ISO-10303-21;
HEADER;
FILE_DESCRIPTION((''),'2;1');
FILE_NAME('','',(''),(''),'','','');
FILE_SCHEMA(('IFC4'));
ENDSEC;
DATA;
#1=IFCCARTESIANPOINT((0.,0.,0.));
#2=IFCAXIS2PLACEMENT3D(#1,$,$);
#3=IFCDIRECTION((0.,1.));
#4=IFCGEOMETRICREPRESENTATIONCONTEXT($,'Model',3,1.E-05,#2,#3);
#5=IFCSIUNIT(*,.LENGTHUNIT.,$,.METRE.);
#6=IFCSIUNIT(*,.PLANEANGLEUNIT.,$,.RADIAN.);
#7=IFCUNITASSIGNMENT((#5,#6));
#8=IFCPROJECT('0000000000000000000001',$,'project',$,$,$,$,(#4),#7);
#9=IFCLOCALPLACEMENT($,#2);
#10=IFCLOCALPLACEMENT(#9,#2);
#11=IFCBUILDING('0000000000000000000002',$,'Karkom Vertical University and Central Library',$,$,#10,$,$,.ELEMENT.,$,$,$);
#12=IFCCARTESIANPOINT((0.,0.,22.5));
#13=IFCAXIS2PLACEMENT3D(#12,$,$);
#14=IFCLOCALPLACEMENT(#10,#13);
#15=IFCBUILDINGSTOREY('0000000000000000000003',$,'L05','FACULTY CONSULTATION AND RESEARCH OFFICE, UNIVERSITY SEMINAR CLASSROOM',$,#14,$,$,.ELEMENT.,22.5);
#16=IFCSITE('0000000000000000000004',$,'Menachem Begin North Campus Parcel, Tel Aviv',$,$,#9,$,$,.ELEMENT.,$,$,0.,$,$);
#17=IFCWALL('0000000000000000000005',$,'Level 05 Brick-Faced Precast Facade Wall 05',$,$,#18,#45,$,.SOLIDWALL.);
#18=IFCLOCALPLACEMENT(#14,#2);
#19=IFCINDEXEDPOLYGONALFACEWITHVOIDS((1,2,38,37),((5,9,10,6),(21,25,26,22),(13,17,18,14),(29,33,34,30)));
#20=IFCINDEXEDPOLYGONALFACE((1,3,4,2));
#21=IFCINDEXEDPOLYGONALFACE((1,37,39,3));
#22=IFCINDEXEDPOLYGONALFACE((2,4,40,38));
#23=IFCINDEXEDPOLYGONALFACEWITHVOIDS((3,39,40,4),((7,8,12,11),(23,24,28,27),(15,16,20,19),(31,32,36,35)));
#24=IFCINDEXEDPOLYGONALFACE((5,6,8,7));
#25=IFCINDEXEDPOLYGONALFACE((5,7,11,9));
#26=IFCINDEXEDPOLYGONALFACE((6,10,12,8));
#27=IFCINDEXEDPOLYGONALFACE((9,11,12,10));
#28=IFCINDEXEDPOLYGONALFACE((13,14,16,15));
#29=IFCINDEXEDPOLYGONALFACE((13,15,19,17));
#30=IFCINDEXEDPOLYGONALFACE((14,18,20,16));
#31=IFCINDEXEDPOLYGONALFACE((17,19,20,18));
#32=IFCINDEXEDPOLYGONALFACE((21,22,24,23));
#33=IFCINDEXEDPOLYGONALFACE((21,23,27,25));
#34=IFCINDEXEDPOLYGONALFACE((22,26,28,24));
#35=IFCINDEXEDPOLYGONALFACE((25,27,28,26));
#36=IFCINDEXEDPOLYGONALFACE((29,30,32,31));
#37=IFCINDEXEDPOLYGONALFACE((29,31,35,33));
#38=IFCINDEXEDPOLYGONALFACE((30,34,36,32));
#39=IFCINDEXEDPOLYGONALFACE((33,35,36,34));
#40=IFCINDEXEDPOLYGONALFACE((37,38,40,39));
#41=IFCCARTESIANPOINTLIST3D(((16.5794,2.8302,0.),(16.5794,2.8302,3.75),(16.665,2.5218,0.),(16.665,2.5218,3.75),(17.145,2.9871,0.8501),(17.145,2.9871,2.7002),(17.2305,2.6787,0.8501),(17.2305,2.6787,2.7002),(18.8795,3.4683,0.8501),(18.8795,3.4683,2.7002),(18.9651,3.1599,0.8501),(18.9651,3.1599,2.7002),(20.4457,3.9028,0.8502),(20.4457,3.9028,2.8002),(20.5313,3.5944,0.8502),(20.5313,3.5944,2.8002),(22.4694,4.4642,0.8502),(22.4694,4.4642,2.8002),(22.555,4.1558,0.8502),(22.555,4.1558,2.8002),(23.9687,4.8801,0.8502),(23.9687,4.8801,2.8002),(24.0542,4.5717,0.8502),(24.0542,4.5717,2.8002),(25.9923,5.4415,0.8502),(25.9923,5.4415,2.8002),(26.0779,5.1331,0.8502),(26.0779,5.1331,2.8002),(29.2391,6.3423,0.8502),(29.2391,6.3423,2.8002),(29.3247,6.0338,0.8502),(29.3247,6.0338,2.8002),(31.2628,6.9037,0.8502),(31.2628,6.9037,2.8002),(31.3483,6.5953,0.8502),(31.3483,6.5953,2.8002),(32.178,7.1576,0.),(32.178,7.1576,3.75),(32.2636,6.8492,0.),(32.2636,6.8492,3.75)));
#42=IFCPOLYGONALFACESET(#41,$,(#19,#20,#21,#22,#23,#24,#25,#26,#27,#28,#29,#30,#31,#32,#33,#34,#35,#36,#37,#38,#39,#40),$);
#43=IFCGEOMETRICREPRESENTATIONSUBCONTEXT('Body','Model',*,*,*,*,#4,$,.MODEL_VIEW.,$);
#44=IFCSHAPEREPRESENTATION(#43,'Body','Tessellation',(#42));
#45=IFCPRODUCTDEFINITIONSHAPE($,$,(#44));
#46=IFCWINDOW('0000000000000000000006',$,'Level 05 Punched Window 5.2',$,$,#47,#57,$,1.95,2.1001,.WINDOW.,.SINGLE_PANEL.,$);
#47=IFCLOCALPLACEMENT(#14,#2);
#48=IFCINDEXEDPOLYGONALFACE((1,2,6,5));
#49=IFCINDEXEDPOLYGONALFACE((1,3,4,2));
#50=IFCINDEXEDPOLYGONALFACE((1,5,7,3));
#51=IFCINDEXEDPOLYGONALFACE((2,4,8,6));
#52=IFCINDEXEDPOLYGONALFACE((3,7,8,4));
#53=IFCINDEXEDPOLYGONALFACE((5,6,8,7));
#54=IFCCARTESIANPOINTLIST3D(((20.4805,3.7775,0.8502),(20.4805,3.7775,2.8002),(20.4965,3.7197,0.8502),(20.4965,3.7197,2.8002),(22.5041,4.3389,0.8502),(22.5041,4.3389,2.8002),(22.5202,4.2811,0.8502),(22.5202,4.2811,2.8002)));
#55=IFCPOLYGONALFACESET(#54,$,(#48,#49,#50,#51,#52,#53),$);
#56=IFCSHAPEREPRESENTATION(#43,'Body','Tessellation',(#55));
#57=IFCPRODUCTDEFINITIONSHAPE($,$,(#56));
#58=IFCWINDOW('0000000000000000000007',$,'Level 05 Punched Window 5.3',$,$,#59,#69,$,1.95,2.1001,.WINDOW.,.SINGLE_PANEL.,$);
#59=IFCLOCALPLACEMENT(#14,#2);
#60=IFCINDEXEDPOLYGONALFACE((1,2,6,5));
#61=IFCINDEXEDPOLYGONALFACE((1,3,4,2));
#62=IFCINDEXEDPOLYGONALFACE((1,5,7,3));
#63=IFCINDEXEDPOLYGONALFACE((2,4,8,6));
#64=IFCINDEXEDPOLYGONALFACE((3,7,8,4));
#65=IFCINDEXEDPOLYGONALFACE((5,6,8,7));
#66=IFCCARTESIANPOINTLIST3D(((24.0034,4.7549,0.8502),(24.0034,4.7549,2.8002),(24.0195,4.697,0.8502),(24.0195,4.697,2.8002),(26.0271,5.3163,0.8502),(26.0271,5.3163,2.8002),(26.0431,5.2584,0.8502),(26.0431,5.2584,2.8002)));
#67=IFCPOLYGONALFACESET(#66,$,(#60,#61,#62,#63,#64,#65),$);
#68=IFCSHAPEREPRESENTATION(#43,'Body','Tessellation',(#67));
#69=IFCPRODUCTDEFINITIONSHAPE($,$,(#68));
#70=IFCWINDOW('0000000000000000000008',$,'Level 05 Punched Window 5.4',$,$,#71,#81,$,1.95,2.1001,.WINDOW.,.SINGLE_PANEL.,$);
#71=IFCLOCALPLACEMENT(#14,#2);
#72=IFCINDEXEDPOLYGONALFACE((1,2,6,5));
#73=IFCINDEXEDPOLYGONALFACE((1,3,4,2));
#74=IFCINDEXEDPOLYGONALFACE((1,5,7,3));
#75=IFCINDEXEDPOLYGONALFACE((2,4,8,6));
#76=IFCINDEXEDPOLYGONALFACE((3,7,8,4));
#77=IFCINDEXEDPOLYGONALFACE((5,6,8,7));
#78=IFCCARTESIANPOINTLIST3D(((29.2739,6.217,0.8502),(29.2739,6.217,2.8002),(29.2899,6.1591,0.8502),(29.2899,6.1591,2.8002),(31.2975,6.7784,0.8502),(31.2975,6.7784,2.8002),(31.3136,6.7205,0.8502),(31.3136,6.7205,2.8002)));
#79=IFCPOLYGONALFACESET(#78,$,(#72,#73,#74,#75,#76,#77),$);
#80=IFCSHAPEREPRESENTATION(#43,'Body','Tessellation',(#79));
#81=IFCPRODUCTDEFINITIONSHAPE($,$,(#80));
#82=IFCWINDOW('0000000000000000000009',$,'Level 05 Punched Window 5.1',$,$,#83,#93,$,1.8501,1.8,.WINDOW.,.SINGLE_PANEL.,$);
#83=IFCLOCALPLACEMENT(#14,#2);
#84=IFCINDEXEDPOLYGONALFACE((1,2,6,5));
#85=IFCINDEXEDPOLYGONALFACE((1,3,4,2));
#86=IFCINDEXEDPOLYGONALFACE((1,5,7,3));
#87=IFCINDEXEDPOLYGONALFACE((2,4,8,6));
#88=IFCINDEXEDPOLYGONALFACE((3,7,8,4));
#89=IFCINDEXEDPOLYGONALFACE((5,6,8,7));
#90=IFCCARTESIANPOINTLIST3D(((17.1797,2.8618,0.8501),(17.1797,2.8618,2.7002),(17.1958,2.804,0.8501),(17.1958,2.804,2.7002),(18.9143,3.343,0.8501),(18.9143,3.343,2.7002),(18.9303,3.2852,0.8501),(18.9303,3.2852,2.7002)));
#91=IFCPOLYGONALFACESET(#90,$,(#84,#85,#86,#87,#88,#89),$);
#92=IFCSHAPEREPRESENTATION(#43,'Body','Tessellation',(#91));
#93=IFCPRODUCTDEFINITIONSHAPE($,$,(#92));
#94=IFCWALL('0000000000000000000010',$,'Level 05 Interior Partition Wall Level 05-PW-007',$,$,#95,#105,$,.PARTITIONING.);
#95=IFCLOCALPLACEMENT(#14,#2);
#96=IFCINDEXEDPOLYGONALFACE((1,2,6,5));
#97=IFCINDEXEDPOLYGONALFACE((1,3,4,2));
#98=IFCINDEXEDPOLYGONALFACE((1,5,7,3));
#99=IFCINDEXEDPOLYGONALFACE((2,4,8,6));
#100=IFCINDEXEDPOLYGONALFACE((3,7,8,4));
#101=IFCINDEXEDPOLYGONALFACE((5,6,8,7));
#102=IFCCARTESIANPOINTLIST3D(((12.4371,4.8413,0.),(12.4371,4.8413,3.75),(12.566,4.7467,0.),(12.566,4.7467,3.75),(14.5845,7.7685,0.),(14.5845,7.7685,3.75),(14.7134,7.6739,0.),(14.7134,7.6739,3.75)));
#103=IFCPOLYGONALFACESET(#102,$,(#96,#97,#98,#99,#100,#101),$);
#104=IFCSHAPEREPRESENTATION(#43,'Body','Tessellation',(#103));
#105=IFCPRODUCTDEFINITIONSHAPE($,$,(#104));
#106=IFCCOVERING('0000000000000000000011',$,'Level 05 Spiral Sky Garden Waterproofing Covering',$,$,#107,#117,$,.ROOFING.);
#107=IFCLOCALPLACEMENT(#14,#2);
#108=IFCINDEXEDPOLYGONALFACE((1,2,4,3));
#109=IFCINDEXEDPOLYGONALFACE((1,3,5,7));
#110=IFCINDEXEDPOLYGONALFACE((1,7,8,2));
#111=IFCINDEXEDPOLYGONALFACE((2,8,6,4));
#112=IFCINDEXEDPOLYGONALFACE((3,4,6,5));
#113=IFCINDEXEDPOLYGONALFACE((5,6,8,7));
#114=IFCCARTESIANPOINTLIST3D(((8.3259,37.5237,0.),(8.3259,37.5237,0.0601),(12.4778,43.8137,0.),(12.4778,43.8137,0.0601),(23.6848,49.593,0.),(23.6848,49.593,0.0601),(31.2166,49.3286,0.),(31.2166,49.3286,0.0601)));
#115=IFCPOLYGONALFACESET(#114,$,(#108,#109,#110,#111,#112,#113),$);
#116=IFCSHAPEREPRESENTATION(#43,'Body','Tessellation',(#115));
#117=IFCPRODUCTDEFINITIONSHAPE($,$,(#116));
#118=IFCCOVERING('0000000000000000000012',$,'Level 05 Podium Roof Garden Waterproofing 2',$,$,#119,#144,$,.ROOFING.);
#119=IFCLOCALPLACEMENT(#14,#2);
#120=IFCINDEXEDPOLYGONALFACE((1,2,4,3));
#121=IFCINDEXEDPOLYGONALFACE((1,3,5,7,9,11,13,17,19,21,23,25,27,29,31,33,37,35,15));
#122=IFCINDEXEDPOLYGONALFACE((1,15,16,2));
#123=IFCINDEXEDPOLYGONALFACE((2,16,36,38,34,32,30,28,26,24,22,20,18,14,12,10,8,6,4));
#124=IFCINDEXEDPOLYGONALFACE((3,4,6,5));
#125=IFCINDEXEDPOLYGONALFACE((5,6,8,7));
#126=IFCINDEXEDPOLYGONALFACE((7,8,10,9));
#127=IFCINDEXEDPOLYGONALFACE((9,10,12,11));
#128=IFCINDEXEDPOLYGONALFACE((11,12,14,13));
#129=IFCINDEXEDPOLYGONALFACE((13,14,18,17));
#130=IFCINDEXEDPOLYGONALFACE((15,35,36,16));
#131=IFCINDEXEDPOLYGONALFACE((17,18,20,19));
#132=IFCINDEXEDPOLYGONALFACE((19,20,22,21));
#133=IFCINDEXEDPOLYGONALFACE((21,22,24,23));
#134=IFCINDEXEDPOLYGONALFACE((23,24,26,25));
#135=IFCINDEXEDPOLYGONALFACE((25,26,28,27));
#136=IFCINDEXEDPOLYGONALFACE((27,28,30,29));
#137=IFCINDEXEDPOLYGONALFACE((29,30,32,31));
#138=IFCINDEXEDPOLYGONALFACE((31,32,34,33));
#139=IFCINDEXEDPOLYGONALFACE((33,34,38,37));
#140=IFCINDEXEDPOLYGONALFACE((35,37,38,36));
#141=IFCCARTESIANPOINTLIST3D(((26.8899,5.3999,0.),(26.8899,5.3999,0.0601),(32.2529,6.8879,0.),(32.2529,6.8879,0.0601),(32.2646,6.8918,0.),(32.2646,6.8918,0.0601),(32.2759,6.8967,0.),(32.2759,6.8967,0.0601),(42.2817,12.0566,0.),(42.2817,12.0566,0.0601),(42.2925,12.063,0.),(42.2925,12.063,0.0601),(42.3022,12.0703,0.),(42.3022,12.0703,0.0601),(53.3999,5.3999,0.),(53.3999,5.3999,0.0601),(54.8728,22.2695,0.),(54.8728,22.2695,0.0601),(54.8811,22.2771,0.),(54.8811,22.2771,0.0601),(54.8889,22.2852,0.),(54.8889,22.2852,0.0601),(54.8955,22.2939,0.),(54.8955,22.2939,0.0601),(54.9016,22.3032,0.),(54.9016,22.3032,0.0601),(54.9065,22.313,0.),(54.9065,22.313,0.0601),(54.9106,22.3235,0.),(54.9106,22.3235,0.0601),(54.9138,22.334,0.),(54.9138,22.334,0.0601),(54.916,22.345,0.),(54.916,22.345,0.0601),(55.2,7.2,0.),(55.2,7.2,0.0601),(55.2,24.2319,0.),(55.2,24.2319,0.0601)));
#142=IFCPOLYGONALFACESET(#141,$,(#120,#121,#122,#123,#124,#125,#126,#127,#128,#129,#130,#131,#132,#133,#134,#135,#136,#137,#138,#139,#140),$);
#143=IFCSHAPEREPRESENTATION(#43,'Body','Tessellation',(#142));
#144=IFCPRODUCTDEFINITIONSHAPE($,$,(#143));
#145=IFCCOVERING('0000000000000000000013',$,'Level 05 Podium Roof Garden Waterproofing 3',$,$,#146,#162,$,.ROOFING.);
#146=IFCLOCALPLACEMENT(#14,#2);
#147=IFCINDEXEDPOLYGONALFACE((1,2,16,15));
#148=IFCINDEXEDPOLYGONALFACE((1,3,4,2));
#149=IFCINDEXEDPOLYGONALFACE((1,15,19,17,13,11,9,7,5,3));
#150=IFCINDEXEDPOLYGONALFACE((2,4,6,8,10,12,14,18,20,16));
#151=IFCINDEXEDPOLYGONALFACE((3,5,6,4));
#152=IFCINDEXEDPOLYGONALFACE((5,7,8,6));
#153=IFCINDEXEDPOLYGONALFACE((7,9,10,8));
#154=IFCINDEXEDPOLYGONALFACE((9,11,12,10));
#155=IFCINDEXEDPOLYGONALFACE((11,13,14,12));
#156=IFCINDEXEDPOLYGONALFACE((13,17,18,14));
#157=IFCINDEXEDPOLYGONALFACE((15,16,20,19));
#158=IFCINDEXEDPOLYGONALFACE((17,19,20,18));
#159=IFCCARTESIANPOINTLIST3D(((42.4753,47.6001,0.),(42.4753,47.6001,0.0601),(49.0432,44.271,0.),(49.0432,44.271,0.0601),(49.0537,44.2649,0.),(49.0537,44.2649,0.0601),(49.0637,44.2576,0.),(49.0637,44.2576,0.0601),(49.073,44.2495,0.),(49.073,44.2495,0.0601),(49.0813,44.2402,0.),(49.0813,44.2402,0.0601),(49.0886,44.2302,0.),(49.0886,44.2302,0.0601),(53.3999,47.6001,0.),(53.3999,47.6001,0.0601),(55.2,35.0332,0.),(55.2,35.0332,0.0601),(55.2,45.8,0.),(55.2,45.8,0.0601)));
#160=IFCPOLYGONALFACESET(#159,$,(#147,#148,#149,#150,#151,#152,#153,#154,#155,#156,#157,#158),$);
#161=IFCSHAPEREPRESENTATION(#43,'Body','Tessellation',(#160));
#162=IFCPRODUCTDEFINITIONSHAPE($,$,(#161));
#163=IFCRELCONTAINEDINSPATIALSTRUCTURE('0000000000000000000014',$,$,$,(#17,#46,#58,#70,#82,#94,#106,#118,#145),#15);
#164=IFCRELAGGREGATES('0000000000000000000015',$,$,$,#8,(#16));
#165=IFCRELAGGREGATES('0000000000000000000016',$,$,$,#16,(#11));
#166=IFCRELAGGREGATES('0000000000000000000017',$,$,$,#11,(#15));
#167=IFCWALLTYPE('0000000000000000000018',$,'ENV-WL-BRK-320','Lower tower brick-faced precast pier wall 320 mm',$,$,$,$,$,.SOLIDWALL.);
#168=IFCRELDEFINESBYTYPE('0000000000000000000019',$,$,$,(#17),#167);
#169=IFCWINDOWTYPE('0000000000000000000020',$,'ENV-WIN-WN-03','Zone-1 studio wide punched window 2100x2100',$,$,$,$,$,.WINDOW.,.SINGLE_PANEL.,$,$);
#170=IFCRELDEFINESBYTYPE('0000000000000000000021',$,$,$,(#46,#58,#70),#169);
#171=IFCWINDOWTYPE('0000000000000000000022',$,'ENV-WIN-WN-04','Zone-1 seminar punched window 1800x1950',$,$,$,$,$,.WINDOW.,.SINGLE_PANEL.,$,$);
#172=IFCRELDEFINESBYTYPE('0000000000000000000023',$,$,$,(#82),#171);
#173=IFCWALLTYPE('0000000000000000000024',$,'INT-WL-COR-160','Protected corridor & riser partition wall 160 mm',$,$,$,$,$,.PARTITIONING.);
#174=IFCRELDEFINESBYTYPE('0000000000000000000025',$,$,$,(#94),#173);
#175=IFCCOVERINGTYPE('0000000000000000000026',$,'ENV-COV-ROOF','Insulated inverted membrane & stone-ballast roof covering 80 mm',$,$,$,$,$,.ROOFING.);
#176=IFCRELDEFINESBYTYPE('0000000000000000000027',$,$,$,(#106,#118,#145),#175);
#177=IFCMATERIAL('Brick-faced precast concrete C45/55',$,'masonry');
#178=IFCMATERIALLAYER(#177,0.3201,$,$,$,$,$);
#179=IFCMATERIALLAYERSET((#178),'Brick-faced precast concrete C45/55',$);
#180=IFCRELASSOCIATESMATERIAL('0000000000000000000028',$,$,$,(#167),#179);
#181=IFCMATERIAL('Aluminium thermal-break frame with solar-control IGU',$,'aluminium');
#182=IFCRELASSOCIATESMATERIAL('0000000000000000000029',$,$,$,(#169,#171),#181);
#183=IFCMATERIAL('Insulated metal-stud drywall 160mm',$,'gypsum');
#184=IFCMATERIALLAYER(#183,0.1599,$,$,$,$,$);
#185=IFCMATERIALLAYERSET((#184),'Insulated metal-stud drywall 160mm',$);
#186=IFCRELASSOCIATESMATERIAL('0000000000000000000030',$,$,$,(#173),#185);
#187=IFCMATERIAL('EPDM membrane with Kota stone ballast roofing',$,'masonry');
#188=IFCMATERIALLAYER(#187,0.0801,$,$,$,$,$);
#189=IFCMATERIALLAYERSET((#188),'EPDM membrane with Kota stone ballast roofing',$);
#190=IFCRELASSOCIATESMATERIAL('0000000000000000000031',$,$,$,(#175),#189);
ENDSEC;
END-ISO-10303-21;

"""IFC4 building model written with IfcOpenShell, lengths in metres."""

from ifc_helpers import new_model, si_unit, direction, frame, frame_2d, origin, origin_with_axes, place, context, subcontext, project, spatial, polyline, rectangle, outline, extrude, source, transform, mapped, material, layer, layer_set, type_object, element, fill, save


model = new_model("IFC4")

# Units and contexts
model_context = context("Model", 3, precision=1e-05, world=origin(), true_north=direction((0.0, 1.0)))
body_context = subcontext(model_context, "Body", "Model", "MODEL_VIEW")
ifc_project = project(units=[si_unit("LENGTHUNIT", "METRE"), si_unit("PLANEANGLEUNIT", "RADIAN")], contexts=[model_context])

# Site, building, storey
site_placement = place(None, origin())
site = spatial("IfcSite", under=ifc_project, at=site_placement, Name="Menachem Begin North Campus Parcel, Tel Aviv", CompositionType="ELEMENT", RefElevation=0.0)
building_placement = place(site_placement, origin())
building = spatial("IfcBuilding", under=site, at=building_placement, Name="Karkom Vertical University and Central Library", CompositionType="ELEMENT")
storey_placement = place(building_placement, frame((0.0, 0.0, 22.5)))
storey = spatial("IfcBuildingStorey", under=building, at=storey_placement, Name="L05", Description="FACULTY CONSULTATION AND RESEARCH OFFICE, UNIVERSITY SEMINAR CLASSROOM", CompositionType="ELEMENT", Elevation=22.5)

# Wall, openings, windows
ifc_material_1 = material(Name="Brick-faced precast concrete C45/55", Category="masonry")
ifc_layer_1 = layer(ifc_material_1, 0.3201)
ifc_layer_set_1 = layer_set([ifc_layer_1], Name="Brick-faced precast concrete C45/55")
wall_type_1 = type_object("IfcWallType", Name="ENV-WL-BRK-320", Description="Lower tower brick-faced precast pier wall 320 mm", PredefinedType="SOLIDWALL", material=ifc_layer_set_1)
ifc_material_2 = material(Name="Aluminium thermal-break frame with solar-control IGU", Category="aluminium")
window_type_1 = type_object("IfcWindowType", Name="ENV-WIN-WN-03", Description="Zone-1 studio wide punched window 2100x2100", PartitioningType="SINGLE_PANEL", PredefinedType="WINDOW", material=ifc_material_2)
shared_shape_1 = source(origin_with_axes(), body_context, "Body", "SweptSolid", [
    extrude(rectangle(XDim=2.1001, YDim=1.95, at=frame_2d((1.05, 0.9751))), frame((0.0, 0.03, 0.0), z_axis=(0.0, -1.0, 0.0), x_axis=(1.0, 0.0, 0.0)), (0.0, 0.0, 1.0), 0.0601),
])
wall_1_placement = place(storey_placement, frame((16.6223, 2.676, 0.0), z_axis=(0.0, 0.0, 1.0), x_axis=(0.963606, 0.267325, 0.0)))
wall_1 = element("IfcWall", 1, at=wall_1_placement, inside=storey, type_object=wall_type_1, Name="Level 05 Brick-Faced Precast Facade Wall 05", PredefinedType="SOLIDWALL", context=body_context, shape_type="SweptSolid", body=[
    extrude(rectangle(XDim=16.1877, YDim=0.3201, at=frame_2d((8.0938, 0.0))), origin(), (0.0, 0.0, 1.0), 3.75),
])
opening_1_placement = place(wall_1_placement, frame((0.5869, 0.0, 0.8501)))
opening_1 = element("IfcOpeningElement", 2, at=opening_1_placement, cuts=wall_1, PredefinedType="OPENING", context=body_context, shape_type="SweptSolid", body=[
    extrude(rectangle(XDim=1.8, YDim=1.8501, at=frame_2d((0.8999, 0.925))), frame((0.0, 0.1699, 0.0), z_axis=(0.0, -1.0, 0.0), x_axis=(1.0, 0.0, 0.0)), (0.0, 0.0, 1.0), 0.3401),
])
opening_2_placement = place(wall_1_placement, frame((4.0122, 0.0, 0.8501)))
opening_2 = element("IfcOpeningElement", 3, at=opening_2_placement, cuts=wall_1, PredefinedType="OPENING", context=body_context, shape_type="SweptSolid", body=[
    extrude(rectangle(XDim=2.1001, YDim=1.95, at=frame_2d((1.05, 0.9751))), frame((0.0, 0.1699, 0.0), z_axis=(0.0, -1.0, 0.0), x_axis=(1.0, 0.0, 0.0)), (0.0, 0.0, 1.0), 0.3401),
])
opening_3_placement = place(wall_1_placement, frame((7.6682, 0.0, 0.8501)))
opening_3 = element("IfcOpeningElement", 4, at=opening_3_placement, cuts=wall_1, PredefinedType="OPENING", context=body_context, shape_type="SweptSolid", body=[
    extrude(rectangle(XDim=2.1001, YDim=1.95, at=frame_2d((1.05, 0.9751))), frame((0.0, 0.1699, 0.0), z_axis=(0.0, -1.0, 0.0), x_axis=(1.0, 0.0, 0.0)), (0.0, 0.0, 1.0), 0.3401),
])
opening_4_placement = place(wall_1_placement, frame((13.1377, 0.0, 0.8501)))
opening_4 = element("IfcOpeningElement", 5, at=opening_4_placement, cuts=wall_1, PredefinedType="OPENING", context=body_context, shape_type="SweptSolid", body=[
    extrude(rectangle(XDim=2.1001, YDim=1.95, at=frame_2d((1.05, 0.9751))), frame((0.0, 0.1699, 0.0), z_axis=(0.0, -1.0, 0.0), x_axis=(1.0, 0.0, 0.0)), (0.0, 0.0, 1.0), 0.3401),
])
window_1_placement = place(opening_2_placement, origin())
window_1 = element("IfcWindow", 6, at=window_1_placement, inside=storey, type_object=window_type_1, Name="Level 05 Punched Window 5.2", OverallHeight=1.95, OverallWidth=2.1001, PartitioningType="SINGLE_PANEL", PredefinedType="WINDOW", context=body_context, shape_type="MappedRepresentation", body=[
    mapped(shared_shape_1, transform((0.0, 0.0, 0.0), scale=1.0)),
])
fill(opening_2, window_1)
window_2_placement = place(opening_3_placement, origin())
window_2 = element("IfcWindow", 7, at=window_2_placement, inside=storey, type_object=window_type_1, Name="Level 05 Punched Window 5.3", OverallHeight=1.95, OverallWidth=2.1001, PartitioningType="SINGLE_PANEL", PredefinedType="WINDOW", context=body_context, shape_type="MappedRepresentation", body=[
    mapped(shared_shape_1, transform((0.0, 0.0, 0.0), scale=1.0)),
])
fill(opening_3, window_2)
window_3_placement = place(opening_4_placement, origin())
window_3 = element("IfcWindow", 8, at=window_3_placement, inside=storey, type_object=window_type_1, Name="Level 05 Punched Window 5.4", OverallHeight=1.95, OverallWidth=2.1001, PartitioningType="SINGLE_PANEL", PredefinedType="WINDOW", context=body_context, shape_type="MappedRepresentation", body=[
    mapped(shared_shape_1, transform((0.0, 0.0, 0.0), scale=1.0)),
])
fill(opening_4, window_3)
window_type_2 = type_object("IfcWindowType", Name="ENV-WIN-WN-04", Description="Zone-1 seminar punched window 1800x1950", PartitioningType="SINGLE_PANEL", PredefinedType="WINDOW", material=ifc_material_2)
shared_shape_2 = source(origin_with_axes(), body_context, "Body", "SweptSolid", [
    extrude(rectangle(XDim=1.8, YDim=1.8501, at=frame_2d((0.8999, 0.925))), frame((0.0, 0.03, 0.0), z_axis=(0.0, -1.0, 0.0), x_axis=(1.0, 0.0, 0.0)), (0.0, 0.0, 1.0), 0.0601),
])
window_4_placement = place(opening_1_placement, origin())
window_4 = element("IfcWindow", 9, at=window_4_placement, inside=storey, type_object=window_type_2, Name="Level 05 Punched Window 5.1", OverallHeight=1.8501, OverallWidth=1.8, PartitioningType="SINGLE_PANEL", PredefinedType="WINDOW", context=body_context, shape_type="MappedRepresentation", body=[
    mapped(shared_shape_2, transform((0.0, 0.0, 0.0), scale=1.0)),
])
fill(opening_1, window_4)

# Wall
ifc_material_3 = material(Name="Insulated metal-stud drywall 160mm", Category="gypsum")
ifc_layer_2 = layer(ifc_material_3, 0.1599)
ifc_layer_set_2 = layer_set([ifc_layer_2], Name="Insulated metal-stud drywall 160mm")
wall_type_2 = type_object("IfcWallType", Name="INT-WL-COR-160", Description="Protected corridor & riser partition wall 160 mm", PredefinedType="PARTITIONING", material=ifc_layer_set_2)
wall_2_placement = place(storey_placement, frame((14.6489, 7.7212, 0.0), z_axis=(0.0, 0.0, 1.0), x_axis=(-0.591509, -0.806298, 0.0)))
element("IfcWall", 10, at=wall_2_placement, inside=storey, type_object=wall_type_2, Name="Level 05 Interior Partition Wall Level 05-PW-007", PredefinedType="PARTITIONING", context=body_context, shape_type="SweptSolid", body=[
    extrude(rectangle(XDim=3.6304, YDim=0.1599, at=frame_2d((1.8152, 0.0))), origin(), (0.0, 0.0, 1.0), 3.75),
])

# Coverings
ifc_material_4 = material(Name="EPDM membrane with Kota stone ballast roofing", Category="masonry")
ifc_layer_3 = layer(ifc_material_4, 0.0801)
ifc_layer_set_3 = layer_set([ifc_layer_3], Name="EPDM membrane with Kota stone ballast roofing")
covering_type_1 = type_object("IfcCoveringType", Name="ENV-COV-ROOF", Description="Insulated inverted membrane & stone-ballast roof covering 80 mm", PredefinedType="ROOFING", material=ifc_layer_set_3)
covering_1_placement = place(storey_placement, origin())
element("IfcCovering", 11, at=covering_1_placement, inside=storey, type_object=covering_type_1, Name="Level 05 Spiral Sky Garden Waterproofing Covering", PredefinedType="ROOFING", context=body_context, shape_type="SweptSolid", body=[
    extrude(outline(polyline([(12.4778, 43.8137), (23.6848, 49.593), (31.2166, 49.3286), (8.3259, 37.5237), (12.4778, 43.8137)])), origin(), (0.0, 0.0, 1.0), 0.0601),
])
covering_2_placement = place(storey_placement, origin())
element("IfcCovering", 12, at=covering_2_placement, inside=storey, type_object=covering_type_1, Name="Level 05 Podium Roof Garden Waterproofing 2", PredefinedType="ROOFING", context=body_context, shape_type="SweptSolid", body=[
    extrude(outline(polyline([(55.2, 7.2), (53.3999, 5.3999), (26.8899, 5.3999), (32.2529, 6.8879), (32.2646, 6.8918), (32.2759, 6.8967), (42.2817, 12.0566), (42.2925, 12.063), (42.3022, 12.0703), (54.8728, 22.2695), (54.8811, 22.2771), (54.8889, 22.2852), (54.8955, 22.2939), (54.9016, 22.3032), (54.9065, 22.313), (54.9106, 22.3235), (54.9138, 22.334), (54.916, 22.345), (55.2, 24.2319), (55.2, 7.2)])), origin(), (0.0, 0.0, 1.0), 0.0601),
])
covering_3_placement = place(storey_placement, origin())
element("IfcCovering", 13, at=covering_3_placement, inside=storey, type_object=covering_type_1, Name="Level 05 Podium Roof Garden Waterproofing 3", PredefinedType="ROOFING", context=body_context, shape_type="SweptSolid", body=[
    extrude(outline(polyline([(53.3999, 47.6001), (55.2, 45.8), (55.2, 35.0332), (49.0886, 44.2302), (49.0813, 44.2402), (49.073, 44.2495), (49.0637, 44.2576), (49.0537, 44.2649), (49.0432, 44.271), (42.4753, 47.6001), (53.3999, 47.6001)])), origin(), (0.0, 0.0, 1.0), 0.0601),
])

save(model, "model.ifc")
